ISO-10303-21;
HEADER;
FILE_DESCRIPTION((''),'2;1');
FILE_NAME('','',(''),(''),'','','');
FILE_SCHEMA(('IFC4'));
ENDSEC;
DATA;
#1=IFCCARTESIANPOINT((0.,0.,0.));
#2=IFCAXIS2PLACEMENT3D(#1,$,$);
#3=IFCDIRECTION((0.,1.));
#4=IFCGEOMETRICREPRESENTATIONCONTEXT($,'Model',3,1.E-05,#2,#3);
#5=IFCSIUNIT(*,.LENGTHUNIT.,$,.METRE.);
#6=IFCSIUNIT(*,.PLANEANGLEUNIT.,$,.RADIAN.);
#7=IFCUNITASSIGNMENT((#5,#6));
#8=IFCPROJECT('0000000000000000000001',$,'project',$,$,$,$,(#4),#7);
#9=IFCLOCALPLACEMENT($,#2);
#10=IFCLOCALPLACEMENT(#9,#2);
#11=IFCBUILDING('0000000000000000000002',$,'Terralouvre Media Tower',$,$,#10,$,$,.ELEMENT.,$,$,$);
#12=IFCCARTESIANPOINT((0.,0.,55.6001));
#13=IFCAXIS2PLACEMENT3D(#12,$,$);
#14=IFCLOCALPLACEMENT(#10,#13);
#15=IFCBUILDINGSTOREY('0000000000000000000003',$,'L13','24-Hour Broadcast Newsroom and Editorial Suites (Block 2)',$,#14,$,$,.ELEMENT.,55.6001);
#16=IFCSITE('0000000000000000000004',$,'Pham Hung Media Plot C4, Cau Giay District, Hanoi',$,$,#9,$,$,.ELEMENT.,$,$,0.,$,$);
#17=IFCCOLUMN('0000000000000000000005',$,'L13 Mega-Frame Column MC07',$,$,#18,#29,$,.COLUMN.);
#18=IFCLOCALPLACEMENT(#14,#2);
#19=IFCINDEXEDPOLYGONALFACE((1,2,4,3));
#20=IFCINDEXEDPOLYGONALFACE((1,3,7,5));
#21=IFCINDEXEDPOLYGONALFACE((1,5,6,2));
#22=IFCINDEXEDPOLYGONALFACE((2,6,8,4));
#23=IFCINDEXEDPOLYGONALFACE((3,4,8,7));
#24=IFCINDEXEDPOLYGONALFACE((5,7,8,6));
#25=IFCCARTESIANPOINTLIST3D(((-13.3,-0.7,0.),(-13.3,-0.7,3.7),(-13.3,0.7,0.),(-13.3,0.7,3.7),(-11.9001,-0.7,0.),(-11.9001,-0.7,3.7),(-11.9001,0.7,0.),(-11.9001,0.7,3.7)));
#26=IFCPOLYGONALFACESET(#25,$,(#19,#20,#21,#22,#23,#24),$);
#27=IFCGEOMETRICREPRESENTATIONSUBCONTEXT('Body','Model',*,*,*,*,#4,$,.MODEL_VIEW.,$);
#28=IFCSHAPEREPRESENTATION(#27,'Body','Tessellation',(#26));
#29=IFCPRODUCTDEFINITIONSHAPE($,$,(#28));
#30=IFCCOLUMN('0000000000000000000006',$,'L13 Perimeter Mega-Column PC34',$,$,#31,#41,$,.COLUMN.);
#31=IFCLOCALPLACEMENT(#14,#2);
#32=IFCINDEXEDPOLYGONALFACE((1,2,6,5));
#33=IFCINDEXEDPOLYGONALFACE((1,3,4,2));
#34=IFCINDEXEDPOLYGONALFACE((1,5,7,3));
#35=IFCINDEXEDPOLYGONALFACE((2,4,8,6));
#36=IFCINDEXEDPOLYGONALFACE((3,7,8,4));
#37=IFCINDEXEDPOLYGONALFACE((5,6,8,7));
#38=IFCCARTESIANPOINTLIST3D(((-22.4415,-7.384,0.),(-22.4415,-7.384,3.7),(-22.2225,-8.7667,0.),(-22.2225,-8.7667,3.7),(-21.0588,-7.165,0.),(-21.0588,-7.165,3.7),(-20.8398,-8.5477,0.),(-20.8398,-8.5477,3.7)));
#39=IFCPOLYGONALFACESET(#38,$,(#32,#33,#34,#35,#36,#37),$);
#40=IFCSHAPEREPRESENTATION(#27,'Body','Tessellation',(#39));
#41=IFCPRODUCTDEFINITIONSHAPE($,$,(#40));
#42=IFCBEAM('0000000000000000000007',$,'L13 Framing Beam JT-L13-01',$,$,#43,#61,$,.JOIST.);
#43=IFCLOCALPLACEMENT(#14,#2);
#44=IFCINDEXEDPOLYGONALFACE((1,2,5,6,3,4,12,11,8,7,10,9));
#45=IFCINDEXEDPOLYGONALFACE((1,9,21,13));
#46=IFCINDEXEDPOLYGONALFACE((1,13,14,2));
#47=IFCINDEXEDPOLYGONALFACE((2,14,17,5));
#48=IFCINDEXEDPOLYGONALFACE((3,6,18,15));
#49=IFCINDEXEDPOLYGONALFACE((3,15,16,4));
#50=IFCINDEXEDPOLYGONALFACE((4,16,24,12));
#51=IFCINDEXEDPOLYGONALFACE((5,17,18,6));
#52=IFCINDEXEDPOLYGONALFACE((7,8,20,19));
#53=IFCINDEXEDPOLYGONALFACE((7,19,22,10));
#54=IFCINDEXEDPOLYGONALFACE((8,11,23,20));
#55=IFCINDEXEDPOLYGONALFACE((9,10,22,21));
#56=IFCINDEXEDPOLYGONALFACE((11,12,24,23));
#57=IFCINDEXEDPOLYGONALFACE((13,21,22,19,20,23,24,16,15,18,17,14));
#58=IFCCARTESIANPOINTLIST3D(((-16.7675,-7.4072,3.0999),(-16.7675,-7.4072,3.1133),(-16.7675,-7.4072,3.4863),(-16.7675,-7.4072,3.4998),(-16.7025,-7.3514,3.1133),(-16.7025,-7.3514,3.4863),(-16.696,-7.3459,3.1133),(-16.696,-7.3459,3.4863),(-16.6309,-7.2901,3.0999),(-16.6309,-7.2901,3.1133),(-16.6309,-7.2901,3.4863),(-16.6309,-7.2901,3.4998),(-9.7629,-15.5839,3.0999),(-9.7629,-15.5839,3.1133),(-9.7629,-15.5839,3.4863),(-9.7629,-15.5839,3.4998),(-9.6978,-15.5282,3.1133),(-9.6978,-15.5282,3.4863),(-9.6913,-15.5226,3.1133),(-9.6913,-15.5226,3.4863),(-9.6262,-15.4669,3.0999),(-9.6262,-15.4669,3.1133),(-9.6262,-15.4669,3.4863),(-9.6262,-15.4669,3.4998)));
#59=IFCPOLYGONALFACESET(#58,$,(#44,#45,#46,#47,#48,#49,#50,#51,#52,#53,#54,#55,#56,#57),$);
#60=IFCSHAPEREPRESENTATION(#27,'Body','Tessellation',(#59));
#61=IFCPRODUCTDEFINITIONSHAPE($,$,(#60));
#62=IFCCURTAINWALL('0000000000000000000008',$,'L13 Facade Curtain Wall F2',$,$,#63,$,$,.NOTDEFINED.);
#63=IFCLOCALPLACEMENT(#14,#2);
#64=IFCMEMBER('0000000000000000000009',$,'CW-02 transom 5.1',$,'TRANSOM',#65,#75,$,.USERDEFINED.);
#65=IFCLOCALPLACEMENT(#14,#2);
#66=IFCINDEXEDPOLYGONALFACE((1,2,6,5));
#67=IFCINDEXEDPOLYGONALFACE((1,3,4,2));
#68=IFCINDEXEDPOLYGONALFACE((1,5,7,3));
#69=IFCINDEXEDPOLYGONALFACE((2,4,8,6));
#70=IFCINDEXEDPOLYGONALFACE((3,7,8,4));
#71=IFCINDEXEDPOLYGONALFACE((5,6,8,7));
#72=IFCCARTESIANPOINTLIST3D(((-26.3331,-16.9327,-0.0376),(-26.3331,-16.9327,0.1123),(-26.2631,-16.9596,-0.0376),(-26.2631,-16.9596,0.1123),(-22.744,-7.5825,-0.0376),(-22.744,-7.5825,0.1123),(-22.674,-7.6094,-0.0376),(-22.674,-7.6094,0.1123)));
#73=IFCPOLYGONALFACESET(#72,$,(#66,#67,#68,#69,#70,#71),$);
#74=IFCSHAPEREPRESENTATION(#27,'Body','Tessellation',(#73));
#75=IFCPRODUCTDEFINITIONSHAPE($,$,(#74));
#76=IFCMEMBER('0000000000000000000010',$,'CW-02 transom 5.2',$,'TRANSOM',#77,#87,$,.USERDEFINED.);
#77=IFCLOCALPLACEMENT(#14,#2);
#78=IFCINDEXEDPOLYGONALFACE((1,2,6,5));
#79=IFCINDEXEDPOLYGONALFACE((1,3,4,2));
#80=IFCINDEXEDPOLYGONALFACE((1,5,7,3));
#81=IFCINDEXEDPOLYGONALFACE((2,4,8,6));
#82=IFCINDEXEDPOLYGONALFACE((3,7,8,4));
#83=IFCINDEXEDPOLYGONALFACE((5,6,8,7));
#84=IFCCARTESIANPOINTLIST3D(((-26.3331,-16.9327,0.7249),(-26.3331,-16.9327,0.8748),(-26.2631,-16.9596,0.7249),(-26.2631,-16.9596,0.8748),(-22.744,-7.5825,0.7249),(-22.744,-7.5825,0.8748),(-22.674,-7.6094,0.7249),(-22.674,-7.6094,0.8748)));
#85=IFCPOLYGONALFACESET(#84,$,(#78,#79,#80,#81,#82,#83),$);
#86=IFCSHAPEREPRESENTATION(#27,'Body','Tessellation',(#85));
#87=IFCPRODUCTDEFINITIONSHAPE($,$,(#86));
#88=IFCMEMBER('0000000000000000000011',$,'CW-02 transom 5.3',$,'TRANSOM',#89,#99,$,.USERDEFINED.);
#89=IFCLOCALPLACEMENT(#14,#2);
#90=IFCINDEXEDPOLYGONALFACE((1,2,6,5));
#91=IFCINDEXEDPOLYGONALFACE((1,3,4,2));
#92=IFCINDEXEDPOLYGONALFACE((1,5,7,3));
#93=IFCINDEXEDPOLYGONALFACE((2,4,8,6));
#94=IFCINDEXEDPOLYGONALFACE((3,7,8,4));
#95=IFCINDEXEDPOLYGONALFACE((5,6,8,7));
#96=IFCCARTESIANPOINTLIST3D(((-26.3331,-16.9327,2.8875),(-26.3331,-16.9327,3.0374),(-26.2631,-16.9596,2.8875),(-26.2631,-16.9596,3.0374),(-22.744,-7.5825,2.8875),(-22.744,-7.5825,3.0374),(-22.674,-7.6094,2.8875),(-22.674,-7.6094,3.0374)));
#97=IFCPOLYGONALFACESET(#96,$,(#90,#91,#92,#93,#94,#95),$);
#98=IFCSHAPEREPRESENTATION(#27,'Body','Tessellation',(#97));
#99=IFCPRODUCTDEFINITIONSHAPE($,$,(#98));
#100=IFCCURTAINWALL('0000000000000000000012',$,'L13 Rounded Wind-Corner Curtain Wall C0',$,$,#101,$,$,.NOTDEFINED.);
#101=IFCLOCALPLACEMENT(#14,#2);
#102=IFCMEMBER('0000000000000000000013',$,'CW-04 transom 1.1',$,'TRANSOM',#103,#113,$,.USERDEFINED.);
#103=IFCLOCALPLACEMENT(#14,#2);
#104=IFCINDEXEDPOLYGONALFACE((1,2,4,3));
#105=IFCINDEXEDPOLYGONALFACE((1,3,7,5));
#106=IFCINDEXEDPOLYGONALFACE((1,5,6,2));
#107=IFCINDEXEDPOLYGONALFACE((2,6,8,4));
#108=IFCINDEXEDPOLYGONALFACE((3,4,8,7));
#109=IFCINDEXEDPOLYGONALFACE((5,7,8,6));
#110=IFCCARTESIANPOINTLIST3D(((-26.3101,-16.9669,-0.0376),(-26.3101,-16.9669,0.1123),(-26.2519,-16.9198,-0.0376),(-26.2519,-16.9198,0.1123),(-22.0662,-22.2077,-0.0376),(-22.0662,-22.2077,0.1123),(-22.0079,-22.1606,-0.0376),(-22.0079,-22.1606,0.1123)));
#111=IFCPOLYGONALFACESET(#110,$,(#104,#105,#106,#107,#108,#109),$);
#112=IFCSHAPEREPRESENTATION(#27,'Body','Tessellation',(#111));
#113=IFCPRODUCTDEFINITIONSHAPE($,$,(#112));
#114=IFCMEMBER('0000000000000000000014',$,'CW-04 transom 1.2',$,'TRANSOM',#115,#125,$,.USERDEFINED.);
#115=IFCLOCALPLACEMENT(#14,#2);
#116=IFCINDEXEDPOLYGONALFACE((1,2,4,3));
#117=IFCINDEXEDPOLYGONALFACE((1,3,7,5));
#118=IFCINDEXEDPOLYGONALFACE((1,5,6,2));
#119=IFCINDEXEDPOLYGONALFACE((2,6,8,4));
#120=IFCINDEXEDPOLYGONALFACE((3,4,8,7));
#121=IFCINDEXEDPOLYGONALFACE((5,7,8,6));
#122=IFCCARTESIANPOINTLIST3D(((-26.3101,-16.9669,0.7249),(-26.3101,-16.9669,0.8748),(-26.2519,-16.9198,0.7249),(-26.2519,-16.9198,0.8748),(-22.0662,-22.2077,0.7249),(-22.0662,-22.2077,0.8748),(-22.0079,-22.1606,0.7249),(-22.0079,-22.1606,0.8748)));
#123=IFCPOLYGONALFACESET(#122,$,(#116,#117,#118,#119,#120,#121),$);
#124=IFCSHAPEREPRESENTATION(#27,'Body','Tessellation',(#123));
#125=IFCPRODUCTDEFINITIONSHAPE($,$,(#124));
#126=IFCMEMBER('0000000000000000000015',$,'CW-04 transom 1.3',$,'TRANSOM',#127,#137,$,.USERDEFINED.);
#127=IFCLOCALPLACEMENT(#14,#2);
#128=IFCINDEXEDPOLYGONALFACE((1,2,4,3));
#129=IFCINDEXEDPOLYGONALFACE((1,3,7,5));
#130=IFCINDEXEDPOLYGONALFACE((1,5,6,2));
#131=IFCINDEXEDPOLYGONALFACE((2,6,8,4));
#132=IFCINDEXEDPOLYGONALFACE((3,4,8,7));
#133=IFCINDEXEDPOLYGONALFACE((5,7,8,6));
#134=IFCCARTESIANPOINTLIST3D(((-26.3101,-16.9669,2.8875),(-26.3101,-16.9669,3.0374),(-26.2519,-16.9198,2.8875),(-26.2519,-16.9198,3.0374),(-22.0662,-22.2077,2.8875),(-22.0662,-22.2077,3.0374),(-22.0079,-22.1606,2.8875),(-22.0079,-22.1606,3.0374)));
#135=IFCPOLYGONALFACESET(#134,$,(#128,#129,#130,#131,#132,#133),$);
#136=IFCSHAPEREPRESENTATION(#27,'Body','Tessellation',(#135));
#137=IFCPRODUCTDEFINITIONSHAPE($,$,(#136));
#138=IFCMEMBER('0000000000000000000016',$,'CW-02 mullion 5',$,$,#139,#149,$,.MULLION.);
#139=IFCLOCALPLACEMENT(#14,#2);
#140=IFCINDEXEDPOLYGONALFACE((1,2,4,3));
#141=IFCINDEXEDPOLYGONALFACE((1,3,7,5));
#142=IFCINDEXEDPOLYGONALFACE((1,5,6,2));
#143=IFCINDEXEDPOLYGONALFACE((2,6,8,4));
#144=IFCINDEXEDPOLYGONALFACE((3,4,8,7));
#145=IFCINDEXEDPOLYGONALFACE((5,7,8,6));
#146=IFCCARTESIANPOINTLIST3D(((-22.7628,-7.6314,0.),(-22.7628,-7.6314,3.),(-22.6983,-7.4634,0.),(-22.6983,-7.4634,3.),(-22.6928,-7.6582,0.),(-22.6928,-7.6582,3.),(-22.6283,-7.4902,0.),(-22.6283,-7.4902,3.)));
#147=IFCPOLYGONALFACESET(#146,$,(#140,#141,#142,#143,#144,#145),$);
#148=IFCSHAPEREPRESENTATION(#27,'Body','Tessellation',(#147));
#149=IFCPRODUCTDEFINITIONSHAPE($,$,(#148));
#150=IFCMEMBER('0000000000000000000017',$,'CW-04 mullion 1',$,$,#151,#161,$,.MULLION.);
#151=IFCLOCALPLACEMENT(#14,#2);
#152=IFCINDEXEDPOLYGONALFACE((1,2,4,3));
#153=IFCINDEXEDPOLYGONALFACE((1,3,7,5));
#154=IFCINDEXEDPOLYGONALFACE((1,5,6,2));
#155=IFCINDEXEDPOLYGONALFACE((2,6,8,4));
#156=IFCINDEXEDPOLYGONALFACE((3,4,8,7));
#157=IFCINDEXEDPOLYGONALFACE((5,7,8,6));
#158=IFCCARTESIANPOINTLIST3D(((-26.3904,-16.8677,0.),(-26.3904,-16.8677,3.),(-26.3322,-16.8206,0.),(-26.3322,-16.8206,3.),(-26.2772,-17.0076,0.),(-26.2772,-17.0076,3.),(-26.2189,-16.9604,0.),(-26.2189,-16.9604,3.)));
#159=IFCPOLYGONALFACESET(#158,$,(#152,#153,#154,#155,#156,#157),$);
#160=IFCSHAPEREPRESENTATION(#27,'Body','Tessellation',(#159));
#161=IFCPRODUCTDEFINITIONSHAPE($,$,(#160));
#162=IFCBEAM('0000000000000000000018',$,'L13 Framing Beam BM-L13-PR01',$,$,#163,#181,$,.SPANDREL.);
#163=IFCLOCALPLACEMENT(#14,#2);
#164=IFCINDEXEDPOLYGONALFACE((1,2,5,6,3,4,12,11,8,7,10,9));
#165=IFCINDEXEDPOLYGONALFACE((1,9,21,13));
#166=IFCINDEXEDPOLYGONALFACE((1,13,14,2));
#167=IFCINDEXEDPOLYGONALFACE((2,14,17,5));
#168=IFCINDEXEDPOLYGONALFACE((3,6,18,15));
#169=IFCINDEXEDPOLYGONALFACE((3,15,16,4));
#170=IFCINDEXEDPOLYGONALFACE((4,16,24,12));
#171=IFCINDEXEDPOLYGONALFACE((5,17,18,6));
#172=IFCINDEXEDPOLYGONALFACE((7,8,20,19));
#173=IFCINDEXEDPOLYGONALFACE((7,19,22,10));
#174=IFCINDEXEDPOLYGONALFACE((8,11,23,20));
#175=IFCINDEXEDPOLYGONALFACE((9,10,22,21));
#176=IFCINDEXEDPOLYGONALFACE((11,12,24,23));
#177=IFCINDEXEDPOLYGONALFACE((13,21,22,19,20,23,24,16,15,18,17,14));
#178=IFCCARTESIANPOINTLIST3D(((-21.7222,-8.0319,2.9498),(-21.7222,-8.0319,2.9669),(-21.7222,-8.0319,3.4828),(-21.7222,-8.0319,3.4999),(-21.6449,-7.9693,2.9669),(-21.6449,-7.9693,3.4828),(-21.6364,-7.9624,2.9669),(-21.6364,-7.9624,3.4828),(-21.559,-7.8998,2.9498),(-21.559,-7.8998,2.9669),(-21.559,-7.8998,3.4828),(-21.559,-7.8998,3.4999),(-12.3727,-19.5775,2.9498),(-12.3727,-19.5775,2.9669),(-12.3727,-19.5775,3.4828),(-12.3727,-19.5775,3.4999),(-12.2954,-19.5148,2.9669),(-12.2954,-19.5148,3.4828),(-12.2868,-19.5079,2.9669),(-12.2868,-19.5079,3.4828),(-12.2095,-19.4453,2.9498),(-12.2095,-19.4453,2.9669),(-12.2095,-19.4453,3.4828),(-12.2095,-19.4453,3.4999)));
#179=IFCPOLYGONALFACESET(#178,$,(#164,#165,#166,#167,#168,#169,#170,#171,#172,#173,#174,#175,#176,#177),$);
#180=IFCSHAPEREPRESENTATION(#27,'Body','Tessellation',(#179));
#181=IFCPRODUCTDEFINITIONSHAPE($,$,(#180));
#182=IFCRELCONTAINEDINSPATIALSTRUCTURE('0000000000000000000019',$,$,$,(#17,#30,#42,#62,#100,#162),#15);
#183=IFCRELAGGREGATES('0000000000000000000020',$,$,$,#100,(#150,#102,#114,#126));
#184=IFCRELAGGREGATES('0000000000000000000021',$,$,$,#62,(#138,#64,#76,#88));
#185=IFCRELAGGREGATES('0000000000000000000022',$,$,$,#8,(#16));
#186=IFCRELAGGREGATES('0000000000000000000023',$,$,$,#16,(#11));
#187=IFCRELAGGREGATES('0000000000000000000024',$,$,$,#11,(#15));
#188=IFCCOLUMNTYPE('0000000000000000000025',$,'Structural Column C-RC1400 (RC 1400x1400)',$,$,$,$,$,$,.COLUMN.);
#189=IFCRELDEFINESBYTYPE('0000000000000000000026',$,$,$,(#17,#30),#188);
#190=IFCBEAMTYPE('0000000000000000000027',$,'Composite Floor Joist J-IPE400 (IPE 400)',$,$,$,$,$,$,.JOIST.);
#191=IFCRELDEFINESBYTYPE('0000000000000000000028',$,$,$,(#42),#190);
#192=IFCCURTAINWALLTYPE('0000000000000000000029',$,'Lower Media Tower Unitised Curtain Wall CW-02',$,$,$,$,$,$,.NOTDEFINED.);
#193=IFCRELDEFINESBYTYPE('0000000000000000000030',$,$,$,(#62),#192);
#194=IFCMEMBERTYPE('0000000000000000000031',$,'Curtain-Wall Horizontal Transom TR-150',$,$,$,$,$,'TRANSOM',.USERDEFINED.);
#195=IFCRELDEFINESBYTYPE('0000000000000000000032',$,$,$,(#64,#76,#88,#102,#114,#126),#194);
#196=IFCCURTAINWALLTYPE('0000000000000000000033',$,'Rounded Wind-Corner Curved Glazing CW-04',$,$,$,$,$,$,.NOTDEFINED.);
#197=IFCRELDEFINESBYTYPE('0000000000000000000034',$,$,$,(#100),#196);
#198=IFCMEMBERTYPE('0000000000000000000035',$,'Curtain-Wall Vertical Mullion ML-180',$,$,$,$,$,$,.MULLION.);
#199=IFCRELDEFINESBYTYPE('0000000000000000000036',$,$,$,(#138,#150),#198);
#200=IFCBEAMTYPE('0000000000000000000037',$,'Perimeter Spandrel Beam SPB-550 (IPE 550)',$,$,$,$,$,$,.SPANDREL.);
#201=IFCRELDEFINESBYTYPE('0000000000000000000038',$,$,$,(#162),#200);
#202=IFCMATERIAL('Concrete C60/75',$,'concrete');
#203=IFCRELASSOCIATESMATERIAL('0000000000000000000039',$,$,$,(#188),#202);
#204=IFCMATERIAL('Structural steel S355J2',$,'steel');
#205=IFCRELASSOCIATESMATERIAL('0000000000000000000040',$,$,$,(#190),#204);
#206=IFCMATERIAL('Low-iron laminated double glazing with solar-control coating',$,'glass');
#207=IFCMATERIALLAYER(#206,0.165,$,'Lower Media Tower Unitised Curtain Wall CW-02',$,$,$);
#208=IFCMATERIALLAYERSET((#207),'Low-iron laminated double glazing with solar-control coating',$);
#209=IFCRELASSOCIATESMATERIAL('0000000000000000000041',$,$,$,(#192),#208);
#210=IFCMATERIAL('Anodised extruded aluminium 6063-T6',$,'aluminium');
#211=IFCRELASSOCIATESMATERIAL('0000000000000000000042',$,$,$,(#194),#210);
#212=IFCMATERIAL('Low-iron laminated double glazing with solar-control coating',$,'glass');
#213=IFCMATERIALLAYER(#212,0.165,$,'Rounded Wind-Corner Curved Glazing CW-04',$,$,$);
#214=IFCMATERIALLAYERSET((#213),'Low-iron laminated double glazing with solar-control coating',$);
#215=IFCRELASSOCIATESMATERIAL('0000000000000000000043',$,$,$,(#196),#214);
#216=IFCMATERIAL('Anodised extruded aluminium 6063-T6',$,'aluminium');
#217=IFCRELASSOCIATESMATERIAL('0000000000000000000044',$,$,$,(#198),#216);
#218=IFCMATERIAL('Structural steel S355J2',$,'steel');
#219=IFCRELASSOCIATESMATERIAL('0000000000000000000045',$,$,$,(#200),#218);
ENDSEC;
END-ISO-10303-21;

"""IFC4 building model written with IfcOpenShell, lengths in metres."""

from ifc_helpers import new_model, si_unit, direction, frame, origin, origin_2d, place, context, subcontext, project, spatial, rectangle, i_section, extrude, material, layer, layer_set, material_profile, profile_set, type_object, element, aggregate, save


model = new_model("IFC4")

# Units and contexts
model_context = context("Model", 3, precision=1e-05, world=origin(), true_north=direction((0.0, 1.0)))
body_context = subcontext(model_context, "Body", "Model", "MODEL_VIEW")
ifc_project = project(units=[si_unit("LENGTHUNIT", "METRE"), si_unit("PLANEANGLEUNIT", "RADIAN")], contexts=[model_context])

# Site, building, storey
site_placement = place(None, origin())
site = spatial("IfcSite", under=ifc_project, at=site_placement, Name="Pham Hung Media Plot C4, Cau Giay District, Hanoi", CompositionType="ELEMENT", RefElevation=0.0)
building_placement = place(site_placement, origin())
building = spatial("IfcBuilding", under=site, at=building_placement, Name="Terralouvre Media Tower", CompositionType="ELEMENT")
storey_placement = place(building_placement, frame((0.0, 0.0, 55.6001)))
storey = spatial("IfcBuildingStorey", under=building, at=storey_placement, Name="L13", Description="24-Hour Broadcast Newsroom and Editorial Suites (Block 2)", CompositionType="ELEMENT", Elevation=55.6001)

# Columns
ifc_material_1 = material(Name="Concrete C60/75", Category="concrete")
ifc_material_profile_1 = material_profile(ifc_material_1, rectangle(XDim=1.3999, YDim=1.3999, at=origin_2d()), Name="RC 1400x1400")
ifc_profile_set_1 = profile_set([ifc_material_profile_1], Name="Concrete C60/75")
column_type = type_object("IfcColumnType", Name="Structural Column C-RC1400 (RC 1400x1400)", PredefinedType="COLUMN", material=ifc_profile_set_1)
for number, where, z_axis, x_axis, name in (
    (1, (-12.6001, 0.0, 0.0), (0.0, 0.0, 1.0), (1.0, 0.0, 0.0), "L13 Mega-Frame Column MC07"),
    (2, (-21.6406, -7.9658, 0.0), (0.0, 0.0, 1.0), (0.987688, 0.156434, 0.0), "L13 Perimeter Mega-Column PC34"),
):
    element("IfcColumn", number, at=place(storey_placement, frame(where, z_axis=z_axis, x_axis=x_axis)), inside=storey, type_object=column_type, Name=name, PredefinedType="COLUMN", context=body_context, shape_type="SweptSolid", body=[
        extrude(rectangle(XDim=1.3999, YDim=1.3999, at=origin_2d()), origin(), (0.0, 0.0, 1.0), 3.7),
    ])

# Beam
ifc_material_2 = material(Name="Structural steel S355J2", Category="steel")
ifc_material_profile_2 = material_profile(ifc_material_2, i_section(OverallWidth=0.1799, OverallDepth=0.3999, WebThickness=0.0085, FlangeThickness=0.0134, at=origin_2d()), Name="IPE 400")
ifc_profile_set_2 = profile_set([ifc_material_profile_2], Name="Structural steel S355J2")
beam_type_1 = type_object("IfcBeamType", Name="Composite Floor Joist J-IPE400 (IPE 400)", PredefinedType="JOIST", material=ifc_profile_set_2)
beam_1_placement = place(storey_placement, frame((-16.6992, -7.3486, 3.2998), z_axis=(0.650577, -0.759441, 0.0), x_axis=(0.759441, 0.650577, 0.0)))
element("IfcBeam", 3, at=beam_1_placement, inside=storey, type_object=beam_type_1, Name="L13 Framing Beam JT-L13-01", PredefinedType="JOIST", context=body_context, shape_type="SweptSolid", body=[
    extrude(i_section(OverallWidth=0.1799, OverallDepth=0.3999, WebThickness=0.0085, FlangeThickness=0.0134, at=origin_2d()), origin(), (0.0, 0.0, 1.0), 10.7668),
])

# Curtain walls, members
ifc_material_3 = material(Name="Low-iron laminated double glazing with solar-control coating", Category="glass")
ifc_layer_1 = layer(ifc_material_3, 0.165, Name="Lower Media Tower Unitised Curtain Wall CW-02")
ifc_layer_set_1 = layer_set([ifc_layer_1], Name="Low-iron laminated double glazing with solar-control coating")
curtain_wall_type_1 = type_object("IfcCurtainWallType", Name="Lower Media Tower Unitised Curtain Wall CW-02", PredefinedType="NOTDEFINED", material=ifc_layer_set_1)
curtain_wall_1_placement = place(storey_placement, origin())
curtain_wall_1 = element("IfcCurtainWall", 4, at=curtain_wall_1_placement, inside=storey, type_object=curtain_wall_type_1, Name="L13 Facade Curtain Wall F2", PredefinedType="NOTDEFINED")
ifc_material_4 = material(Name="Anodised extruded aluminium 6063-T6", Category="aluminium")
ifc_material_profile_3 = material_profile(ifc_material_4, rectangle(XDim=0.075, YDim=0.1499, at=origin_2d()), Name="ALU 75x150")
ifc_profile_set_3 = profile_set([ifc_material_profile_3], Name="Anodised extruded aluminium 6063-T6")
member_type_1 = type_object("IfcMemberType", Name="Curtain-Wall Horizontal Transom TR-150", ElementType="TRANSOM", PredefinedType="USERDEFINED", material=ifc_profile_set_3)
member_1_placement = place(storey_placement, frame((-22.709, -7.5959, 0.0374), z_axis=(-0.358363, -0.933582, 0.0), x_axis=(0.933582, -0.358363, 0.0)))
member_1 = element("IfcMember", 5, at=member_1_placement, type_object=member_type_1, Name="CW-02 transom 5.1", ObjectType="TRANSOM", PredefinedType="USERDEFINED", context=body_context, shape_type="SweptSolid", body=[
    extrude(rectangle(XDim=0.075, YDim=0.1499, at=origin_2d()), origin(), (0.0, 0.0, 1.0), 10.0154),
])
member_2_placement = place(storey_placement, frame((-22.709, -7.5959, 0.7998), z_axis=(-0.358363, -0.933582, 0.0), x_axis=(0.933582, -0.358363, 0.0)))
member_2 = element("IfcMember", 6, at=member_2_placement, type_object=member_type_1, Name="CW-02 transom 5.2", ObjectType="TRANSOM", PredefinedType="USERDEFINED", context=body_context, shape_type="SweptSolid", body=[
    extrude(rectangle(XDim=0.075, YDim=0.1499, at=origin_2d()), origin(), (0.0, 0.0, 1.0), 10.0154),
])
member_3_placement = place(storey_placement, frame((-22.709, -7.5959, 2.9624), z_axis=(-0.358363, -0.933582, 0.0), x_axis=(0.933582, -0.358363, 0.0)))
member_3 = element("IfcMember", 7, at=member_3_placement, type_object=member_type_1, Name="CW-02 transom 5.3", ObjectType="TRANSOM", PredefinedType="USERDEFINED", context=body_context, shape_type="SweptSolid", body=[
    extrude(rectangle(XDim=0.075, YDim=0.1499, at=origin_2d()), origin(), (0.0, 0.0, 1.0), 10.0154),
])
ifc_material_5 = material(Name="Low-iron laminated double glazing with solar-control coating", Category="glass")
ifc_layer_2 = layer(ifc_material_5, 0.165, Name="Rounded Wind-Corner Curved Glazing CW-04")
ifc_layer_set_2 = layer_set([ifc_layer_2], Name="Low-iron laminated double glazing with solar-control coating")
curtain_wall_type_2 = type_object("IfcCurtainWallType", Name="Rounded Wind-Corner Curved Glazing CW-04", PredefinedType="NOTDEFINED", material=ifc_layer_set_2)
curtain_wall_2_placement = place(storey_placement, origin())
curtain_wall_2 = element("IfcCurtainWall", 8, at=curtain_wall_2_placement, inside=storey, type_object=curtain_wall_type_2, Name="L13 Rounded Wind-Corner Curtain Wall C0", PredefinedType="NOTDEFINED")
member_4_placement = place(storey_placement, frame((-26.281, -16.9434, 0.0374), z_axis=(0.629324, -0.777143, 0.0), x_axis=(0.777143, 0.629324, 0.0)))
member_4 = element("IfcMember", 9, at=member_4_placement, type_object=member_type_1, Name="CW-04 transom 1.1", ObjectType="TRANSOM", PredefinedType="USERDEFINED", context=body_context, shape_type="SweptSolid", body=[
    extrude(rectangle(XDim=0.075, YDim=0.1499, at=origin_2d()), origin(), (0.0, 0.0, 1.0), 6.7437),
])
member_5_placement = place(storey_placement, frame((-26.281, -16.9434, 0.7998), z_axis=(0.629324, -0.777143, 0.0), x_axis=(0.777143, 0.629324, 0.0)))
member_5 = element("IfcMember", 10, at=member_5_placement, type_object=member_type_1, Name="CW-04 transom 1.2", ObjectType="TRANSOM", PredefinedType="USERDEFINED", context=body_context, shape_type="SweptSolid", body=[
    extrude(rectangle(XDim=0.075, YDim=0.1499, at=origin_2d()), origin(), (0.0, 0.0, 1.0), 6.7437),
])
member_6_placement = place(storey_placement, frame((-26.281, -16.9434, 2.9624), z_axis=(0.629324, -0.777143, 0.0), x_axis=(0.777143, 0.629324, 0.0)))
member_6 = element("IfcMember", 11, at=member_6_placement, type_object=member_type_1, Name="CW-04 transom 1.3", ObjectType="TRANSOM", PredefinedType="USERDEFINED", context=body_context, shape_type="SweptSolid", body=[
    extrude(rectangle(XDim=0.075, YDim=0.1499, at=origin_2d()), origin(), (0.0, 0.0, 1.0), 6.7437),
])

# Members
ifc_material_6 = material(Name="Anodised extruded aluminium 6063-T6", Category="aluminium")
ifc_material_profile_4 = material_profile(ifc_material_6, rectangle(XDim=0.075, YDim=0.1799, at=origin_2d()), Name="ALU 75x180")
ifc_profile_set_4 = profile_set([ifc_material_profile_4], Name="Anodised extruded aluminium 6063-T6")
member_type_2 = type_object("IfcMemberType", Name="Curtain-Wall Vertical Mullion ML-180", PredefinedType="MULLION", material=ifc_profile_set_4)
member_7_placement = place(storey_placement, frame((-22.6956, -7.5608, 0.0), z_axis=(0.0, 0.0, 1.0), x_axis=(0.93358, -0.358368, 0.0)))
member_7 = element("IfcMember", 12, at=member_7_placement, type_object=member_type_2, Name="CW-02 mullion 5", PredefinedType="MULLION", context=body_context, shape_type="SweptSolid", body=[
    extrude(rectangle(XDim=0.075, YDim=0.1799, at=origin_2d()), origin(), (0.0, 0.0, 1.0), 3.0),
])
member_8_placement = place(storey_placement, frame((-26.3047, -16.9141, 0.0), z_axis=(0.0, 0.0, 1.0), x_axis=(0.777146, 0.62932, 0.0)))
member_8 = element("IfcMember", 13, at=member_8_placement, type_object=member_type_2, Name="CW-04 mullion 1", PredefinedType="MULLION", context=body_context, shape_type="SweptSolid", body=[
    extrude(rectangle(XDim=0.075, YDim=0.1799, at=origin_2d()), origin(), (0.0, 0.0, 1.0), 3.0),
])
aggregate(curtain_wall_2, [member_8, member_4, member_5, member_6])

# Beam
ifc_material_7 = material(Name="Structural steel S355J2", Category="steel")
ifc_material_profile_5 = material_profile(ifc_material_7, i_section(OverallWidth=0.21, OverallDepth=0.55, WebThickness=0.011, FlangeThickness=0.0171, at=origin_2d()), Name="IPE 550")
ifc_profile_set_5 = profile_set([ifc_material_profile_5], Name="Structural steel S355J2")
beam_type_2 = type_object("IfcBeamType", Name="Perimeter Spandrel Beam SPB-550 (IPE 550)", PredefinedType="SPANDREL", material=ifc_profile_set_5)
beam_2_placement = place(storey_placement, frame((-21.6406, -7.9658, 3.2249), z_axis=(0.629325, -0.777142, 0.0), x_axis=(0.777142, 0.629325, 0.0)))
element("IfcBeam", 14, at=beam_2_placement, inside=storey, type_object=beam_type_2, Name="L13 Framing Beam BM-L13-PR01", PredefinedType="SPANDREL", context=body_context, shape_type="SweptSolid", body=[
    extrude(i_section(OverallWidth=0.21, OverallDepth=0.55, WebThickness=0.011, FlangeThickness=0.0171, at=origin_2d()), origin(), (0.0, 0.0, 1.0), 14.8564),
])

aggregate(curtain_wall_1, [member_7, member_1, member_2, member_3])

save(model, "model.ifc")
